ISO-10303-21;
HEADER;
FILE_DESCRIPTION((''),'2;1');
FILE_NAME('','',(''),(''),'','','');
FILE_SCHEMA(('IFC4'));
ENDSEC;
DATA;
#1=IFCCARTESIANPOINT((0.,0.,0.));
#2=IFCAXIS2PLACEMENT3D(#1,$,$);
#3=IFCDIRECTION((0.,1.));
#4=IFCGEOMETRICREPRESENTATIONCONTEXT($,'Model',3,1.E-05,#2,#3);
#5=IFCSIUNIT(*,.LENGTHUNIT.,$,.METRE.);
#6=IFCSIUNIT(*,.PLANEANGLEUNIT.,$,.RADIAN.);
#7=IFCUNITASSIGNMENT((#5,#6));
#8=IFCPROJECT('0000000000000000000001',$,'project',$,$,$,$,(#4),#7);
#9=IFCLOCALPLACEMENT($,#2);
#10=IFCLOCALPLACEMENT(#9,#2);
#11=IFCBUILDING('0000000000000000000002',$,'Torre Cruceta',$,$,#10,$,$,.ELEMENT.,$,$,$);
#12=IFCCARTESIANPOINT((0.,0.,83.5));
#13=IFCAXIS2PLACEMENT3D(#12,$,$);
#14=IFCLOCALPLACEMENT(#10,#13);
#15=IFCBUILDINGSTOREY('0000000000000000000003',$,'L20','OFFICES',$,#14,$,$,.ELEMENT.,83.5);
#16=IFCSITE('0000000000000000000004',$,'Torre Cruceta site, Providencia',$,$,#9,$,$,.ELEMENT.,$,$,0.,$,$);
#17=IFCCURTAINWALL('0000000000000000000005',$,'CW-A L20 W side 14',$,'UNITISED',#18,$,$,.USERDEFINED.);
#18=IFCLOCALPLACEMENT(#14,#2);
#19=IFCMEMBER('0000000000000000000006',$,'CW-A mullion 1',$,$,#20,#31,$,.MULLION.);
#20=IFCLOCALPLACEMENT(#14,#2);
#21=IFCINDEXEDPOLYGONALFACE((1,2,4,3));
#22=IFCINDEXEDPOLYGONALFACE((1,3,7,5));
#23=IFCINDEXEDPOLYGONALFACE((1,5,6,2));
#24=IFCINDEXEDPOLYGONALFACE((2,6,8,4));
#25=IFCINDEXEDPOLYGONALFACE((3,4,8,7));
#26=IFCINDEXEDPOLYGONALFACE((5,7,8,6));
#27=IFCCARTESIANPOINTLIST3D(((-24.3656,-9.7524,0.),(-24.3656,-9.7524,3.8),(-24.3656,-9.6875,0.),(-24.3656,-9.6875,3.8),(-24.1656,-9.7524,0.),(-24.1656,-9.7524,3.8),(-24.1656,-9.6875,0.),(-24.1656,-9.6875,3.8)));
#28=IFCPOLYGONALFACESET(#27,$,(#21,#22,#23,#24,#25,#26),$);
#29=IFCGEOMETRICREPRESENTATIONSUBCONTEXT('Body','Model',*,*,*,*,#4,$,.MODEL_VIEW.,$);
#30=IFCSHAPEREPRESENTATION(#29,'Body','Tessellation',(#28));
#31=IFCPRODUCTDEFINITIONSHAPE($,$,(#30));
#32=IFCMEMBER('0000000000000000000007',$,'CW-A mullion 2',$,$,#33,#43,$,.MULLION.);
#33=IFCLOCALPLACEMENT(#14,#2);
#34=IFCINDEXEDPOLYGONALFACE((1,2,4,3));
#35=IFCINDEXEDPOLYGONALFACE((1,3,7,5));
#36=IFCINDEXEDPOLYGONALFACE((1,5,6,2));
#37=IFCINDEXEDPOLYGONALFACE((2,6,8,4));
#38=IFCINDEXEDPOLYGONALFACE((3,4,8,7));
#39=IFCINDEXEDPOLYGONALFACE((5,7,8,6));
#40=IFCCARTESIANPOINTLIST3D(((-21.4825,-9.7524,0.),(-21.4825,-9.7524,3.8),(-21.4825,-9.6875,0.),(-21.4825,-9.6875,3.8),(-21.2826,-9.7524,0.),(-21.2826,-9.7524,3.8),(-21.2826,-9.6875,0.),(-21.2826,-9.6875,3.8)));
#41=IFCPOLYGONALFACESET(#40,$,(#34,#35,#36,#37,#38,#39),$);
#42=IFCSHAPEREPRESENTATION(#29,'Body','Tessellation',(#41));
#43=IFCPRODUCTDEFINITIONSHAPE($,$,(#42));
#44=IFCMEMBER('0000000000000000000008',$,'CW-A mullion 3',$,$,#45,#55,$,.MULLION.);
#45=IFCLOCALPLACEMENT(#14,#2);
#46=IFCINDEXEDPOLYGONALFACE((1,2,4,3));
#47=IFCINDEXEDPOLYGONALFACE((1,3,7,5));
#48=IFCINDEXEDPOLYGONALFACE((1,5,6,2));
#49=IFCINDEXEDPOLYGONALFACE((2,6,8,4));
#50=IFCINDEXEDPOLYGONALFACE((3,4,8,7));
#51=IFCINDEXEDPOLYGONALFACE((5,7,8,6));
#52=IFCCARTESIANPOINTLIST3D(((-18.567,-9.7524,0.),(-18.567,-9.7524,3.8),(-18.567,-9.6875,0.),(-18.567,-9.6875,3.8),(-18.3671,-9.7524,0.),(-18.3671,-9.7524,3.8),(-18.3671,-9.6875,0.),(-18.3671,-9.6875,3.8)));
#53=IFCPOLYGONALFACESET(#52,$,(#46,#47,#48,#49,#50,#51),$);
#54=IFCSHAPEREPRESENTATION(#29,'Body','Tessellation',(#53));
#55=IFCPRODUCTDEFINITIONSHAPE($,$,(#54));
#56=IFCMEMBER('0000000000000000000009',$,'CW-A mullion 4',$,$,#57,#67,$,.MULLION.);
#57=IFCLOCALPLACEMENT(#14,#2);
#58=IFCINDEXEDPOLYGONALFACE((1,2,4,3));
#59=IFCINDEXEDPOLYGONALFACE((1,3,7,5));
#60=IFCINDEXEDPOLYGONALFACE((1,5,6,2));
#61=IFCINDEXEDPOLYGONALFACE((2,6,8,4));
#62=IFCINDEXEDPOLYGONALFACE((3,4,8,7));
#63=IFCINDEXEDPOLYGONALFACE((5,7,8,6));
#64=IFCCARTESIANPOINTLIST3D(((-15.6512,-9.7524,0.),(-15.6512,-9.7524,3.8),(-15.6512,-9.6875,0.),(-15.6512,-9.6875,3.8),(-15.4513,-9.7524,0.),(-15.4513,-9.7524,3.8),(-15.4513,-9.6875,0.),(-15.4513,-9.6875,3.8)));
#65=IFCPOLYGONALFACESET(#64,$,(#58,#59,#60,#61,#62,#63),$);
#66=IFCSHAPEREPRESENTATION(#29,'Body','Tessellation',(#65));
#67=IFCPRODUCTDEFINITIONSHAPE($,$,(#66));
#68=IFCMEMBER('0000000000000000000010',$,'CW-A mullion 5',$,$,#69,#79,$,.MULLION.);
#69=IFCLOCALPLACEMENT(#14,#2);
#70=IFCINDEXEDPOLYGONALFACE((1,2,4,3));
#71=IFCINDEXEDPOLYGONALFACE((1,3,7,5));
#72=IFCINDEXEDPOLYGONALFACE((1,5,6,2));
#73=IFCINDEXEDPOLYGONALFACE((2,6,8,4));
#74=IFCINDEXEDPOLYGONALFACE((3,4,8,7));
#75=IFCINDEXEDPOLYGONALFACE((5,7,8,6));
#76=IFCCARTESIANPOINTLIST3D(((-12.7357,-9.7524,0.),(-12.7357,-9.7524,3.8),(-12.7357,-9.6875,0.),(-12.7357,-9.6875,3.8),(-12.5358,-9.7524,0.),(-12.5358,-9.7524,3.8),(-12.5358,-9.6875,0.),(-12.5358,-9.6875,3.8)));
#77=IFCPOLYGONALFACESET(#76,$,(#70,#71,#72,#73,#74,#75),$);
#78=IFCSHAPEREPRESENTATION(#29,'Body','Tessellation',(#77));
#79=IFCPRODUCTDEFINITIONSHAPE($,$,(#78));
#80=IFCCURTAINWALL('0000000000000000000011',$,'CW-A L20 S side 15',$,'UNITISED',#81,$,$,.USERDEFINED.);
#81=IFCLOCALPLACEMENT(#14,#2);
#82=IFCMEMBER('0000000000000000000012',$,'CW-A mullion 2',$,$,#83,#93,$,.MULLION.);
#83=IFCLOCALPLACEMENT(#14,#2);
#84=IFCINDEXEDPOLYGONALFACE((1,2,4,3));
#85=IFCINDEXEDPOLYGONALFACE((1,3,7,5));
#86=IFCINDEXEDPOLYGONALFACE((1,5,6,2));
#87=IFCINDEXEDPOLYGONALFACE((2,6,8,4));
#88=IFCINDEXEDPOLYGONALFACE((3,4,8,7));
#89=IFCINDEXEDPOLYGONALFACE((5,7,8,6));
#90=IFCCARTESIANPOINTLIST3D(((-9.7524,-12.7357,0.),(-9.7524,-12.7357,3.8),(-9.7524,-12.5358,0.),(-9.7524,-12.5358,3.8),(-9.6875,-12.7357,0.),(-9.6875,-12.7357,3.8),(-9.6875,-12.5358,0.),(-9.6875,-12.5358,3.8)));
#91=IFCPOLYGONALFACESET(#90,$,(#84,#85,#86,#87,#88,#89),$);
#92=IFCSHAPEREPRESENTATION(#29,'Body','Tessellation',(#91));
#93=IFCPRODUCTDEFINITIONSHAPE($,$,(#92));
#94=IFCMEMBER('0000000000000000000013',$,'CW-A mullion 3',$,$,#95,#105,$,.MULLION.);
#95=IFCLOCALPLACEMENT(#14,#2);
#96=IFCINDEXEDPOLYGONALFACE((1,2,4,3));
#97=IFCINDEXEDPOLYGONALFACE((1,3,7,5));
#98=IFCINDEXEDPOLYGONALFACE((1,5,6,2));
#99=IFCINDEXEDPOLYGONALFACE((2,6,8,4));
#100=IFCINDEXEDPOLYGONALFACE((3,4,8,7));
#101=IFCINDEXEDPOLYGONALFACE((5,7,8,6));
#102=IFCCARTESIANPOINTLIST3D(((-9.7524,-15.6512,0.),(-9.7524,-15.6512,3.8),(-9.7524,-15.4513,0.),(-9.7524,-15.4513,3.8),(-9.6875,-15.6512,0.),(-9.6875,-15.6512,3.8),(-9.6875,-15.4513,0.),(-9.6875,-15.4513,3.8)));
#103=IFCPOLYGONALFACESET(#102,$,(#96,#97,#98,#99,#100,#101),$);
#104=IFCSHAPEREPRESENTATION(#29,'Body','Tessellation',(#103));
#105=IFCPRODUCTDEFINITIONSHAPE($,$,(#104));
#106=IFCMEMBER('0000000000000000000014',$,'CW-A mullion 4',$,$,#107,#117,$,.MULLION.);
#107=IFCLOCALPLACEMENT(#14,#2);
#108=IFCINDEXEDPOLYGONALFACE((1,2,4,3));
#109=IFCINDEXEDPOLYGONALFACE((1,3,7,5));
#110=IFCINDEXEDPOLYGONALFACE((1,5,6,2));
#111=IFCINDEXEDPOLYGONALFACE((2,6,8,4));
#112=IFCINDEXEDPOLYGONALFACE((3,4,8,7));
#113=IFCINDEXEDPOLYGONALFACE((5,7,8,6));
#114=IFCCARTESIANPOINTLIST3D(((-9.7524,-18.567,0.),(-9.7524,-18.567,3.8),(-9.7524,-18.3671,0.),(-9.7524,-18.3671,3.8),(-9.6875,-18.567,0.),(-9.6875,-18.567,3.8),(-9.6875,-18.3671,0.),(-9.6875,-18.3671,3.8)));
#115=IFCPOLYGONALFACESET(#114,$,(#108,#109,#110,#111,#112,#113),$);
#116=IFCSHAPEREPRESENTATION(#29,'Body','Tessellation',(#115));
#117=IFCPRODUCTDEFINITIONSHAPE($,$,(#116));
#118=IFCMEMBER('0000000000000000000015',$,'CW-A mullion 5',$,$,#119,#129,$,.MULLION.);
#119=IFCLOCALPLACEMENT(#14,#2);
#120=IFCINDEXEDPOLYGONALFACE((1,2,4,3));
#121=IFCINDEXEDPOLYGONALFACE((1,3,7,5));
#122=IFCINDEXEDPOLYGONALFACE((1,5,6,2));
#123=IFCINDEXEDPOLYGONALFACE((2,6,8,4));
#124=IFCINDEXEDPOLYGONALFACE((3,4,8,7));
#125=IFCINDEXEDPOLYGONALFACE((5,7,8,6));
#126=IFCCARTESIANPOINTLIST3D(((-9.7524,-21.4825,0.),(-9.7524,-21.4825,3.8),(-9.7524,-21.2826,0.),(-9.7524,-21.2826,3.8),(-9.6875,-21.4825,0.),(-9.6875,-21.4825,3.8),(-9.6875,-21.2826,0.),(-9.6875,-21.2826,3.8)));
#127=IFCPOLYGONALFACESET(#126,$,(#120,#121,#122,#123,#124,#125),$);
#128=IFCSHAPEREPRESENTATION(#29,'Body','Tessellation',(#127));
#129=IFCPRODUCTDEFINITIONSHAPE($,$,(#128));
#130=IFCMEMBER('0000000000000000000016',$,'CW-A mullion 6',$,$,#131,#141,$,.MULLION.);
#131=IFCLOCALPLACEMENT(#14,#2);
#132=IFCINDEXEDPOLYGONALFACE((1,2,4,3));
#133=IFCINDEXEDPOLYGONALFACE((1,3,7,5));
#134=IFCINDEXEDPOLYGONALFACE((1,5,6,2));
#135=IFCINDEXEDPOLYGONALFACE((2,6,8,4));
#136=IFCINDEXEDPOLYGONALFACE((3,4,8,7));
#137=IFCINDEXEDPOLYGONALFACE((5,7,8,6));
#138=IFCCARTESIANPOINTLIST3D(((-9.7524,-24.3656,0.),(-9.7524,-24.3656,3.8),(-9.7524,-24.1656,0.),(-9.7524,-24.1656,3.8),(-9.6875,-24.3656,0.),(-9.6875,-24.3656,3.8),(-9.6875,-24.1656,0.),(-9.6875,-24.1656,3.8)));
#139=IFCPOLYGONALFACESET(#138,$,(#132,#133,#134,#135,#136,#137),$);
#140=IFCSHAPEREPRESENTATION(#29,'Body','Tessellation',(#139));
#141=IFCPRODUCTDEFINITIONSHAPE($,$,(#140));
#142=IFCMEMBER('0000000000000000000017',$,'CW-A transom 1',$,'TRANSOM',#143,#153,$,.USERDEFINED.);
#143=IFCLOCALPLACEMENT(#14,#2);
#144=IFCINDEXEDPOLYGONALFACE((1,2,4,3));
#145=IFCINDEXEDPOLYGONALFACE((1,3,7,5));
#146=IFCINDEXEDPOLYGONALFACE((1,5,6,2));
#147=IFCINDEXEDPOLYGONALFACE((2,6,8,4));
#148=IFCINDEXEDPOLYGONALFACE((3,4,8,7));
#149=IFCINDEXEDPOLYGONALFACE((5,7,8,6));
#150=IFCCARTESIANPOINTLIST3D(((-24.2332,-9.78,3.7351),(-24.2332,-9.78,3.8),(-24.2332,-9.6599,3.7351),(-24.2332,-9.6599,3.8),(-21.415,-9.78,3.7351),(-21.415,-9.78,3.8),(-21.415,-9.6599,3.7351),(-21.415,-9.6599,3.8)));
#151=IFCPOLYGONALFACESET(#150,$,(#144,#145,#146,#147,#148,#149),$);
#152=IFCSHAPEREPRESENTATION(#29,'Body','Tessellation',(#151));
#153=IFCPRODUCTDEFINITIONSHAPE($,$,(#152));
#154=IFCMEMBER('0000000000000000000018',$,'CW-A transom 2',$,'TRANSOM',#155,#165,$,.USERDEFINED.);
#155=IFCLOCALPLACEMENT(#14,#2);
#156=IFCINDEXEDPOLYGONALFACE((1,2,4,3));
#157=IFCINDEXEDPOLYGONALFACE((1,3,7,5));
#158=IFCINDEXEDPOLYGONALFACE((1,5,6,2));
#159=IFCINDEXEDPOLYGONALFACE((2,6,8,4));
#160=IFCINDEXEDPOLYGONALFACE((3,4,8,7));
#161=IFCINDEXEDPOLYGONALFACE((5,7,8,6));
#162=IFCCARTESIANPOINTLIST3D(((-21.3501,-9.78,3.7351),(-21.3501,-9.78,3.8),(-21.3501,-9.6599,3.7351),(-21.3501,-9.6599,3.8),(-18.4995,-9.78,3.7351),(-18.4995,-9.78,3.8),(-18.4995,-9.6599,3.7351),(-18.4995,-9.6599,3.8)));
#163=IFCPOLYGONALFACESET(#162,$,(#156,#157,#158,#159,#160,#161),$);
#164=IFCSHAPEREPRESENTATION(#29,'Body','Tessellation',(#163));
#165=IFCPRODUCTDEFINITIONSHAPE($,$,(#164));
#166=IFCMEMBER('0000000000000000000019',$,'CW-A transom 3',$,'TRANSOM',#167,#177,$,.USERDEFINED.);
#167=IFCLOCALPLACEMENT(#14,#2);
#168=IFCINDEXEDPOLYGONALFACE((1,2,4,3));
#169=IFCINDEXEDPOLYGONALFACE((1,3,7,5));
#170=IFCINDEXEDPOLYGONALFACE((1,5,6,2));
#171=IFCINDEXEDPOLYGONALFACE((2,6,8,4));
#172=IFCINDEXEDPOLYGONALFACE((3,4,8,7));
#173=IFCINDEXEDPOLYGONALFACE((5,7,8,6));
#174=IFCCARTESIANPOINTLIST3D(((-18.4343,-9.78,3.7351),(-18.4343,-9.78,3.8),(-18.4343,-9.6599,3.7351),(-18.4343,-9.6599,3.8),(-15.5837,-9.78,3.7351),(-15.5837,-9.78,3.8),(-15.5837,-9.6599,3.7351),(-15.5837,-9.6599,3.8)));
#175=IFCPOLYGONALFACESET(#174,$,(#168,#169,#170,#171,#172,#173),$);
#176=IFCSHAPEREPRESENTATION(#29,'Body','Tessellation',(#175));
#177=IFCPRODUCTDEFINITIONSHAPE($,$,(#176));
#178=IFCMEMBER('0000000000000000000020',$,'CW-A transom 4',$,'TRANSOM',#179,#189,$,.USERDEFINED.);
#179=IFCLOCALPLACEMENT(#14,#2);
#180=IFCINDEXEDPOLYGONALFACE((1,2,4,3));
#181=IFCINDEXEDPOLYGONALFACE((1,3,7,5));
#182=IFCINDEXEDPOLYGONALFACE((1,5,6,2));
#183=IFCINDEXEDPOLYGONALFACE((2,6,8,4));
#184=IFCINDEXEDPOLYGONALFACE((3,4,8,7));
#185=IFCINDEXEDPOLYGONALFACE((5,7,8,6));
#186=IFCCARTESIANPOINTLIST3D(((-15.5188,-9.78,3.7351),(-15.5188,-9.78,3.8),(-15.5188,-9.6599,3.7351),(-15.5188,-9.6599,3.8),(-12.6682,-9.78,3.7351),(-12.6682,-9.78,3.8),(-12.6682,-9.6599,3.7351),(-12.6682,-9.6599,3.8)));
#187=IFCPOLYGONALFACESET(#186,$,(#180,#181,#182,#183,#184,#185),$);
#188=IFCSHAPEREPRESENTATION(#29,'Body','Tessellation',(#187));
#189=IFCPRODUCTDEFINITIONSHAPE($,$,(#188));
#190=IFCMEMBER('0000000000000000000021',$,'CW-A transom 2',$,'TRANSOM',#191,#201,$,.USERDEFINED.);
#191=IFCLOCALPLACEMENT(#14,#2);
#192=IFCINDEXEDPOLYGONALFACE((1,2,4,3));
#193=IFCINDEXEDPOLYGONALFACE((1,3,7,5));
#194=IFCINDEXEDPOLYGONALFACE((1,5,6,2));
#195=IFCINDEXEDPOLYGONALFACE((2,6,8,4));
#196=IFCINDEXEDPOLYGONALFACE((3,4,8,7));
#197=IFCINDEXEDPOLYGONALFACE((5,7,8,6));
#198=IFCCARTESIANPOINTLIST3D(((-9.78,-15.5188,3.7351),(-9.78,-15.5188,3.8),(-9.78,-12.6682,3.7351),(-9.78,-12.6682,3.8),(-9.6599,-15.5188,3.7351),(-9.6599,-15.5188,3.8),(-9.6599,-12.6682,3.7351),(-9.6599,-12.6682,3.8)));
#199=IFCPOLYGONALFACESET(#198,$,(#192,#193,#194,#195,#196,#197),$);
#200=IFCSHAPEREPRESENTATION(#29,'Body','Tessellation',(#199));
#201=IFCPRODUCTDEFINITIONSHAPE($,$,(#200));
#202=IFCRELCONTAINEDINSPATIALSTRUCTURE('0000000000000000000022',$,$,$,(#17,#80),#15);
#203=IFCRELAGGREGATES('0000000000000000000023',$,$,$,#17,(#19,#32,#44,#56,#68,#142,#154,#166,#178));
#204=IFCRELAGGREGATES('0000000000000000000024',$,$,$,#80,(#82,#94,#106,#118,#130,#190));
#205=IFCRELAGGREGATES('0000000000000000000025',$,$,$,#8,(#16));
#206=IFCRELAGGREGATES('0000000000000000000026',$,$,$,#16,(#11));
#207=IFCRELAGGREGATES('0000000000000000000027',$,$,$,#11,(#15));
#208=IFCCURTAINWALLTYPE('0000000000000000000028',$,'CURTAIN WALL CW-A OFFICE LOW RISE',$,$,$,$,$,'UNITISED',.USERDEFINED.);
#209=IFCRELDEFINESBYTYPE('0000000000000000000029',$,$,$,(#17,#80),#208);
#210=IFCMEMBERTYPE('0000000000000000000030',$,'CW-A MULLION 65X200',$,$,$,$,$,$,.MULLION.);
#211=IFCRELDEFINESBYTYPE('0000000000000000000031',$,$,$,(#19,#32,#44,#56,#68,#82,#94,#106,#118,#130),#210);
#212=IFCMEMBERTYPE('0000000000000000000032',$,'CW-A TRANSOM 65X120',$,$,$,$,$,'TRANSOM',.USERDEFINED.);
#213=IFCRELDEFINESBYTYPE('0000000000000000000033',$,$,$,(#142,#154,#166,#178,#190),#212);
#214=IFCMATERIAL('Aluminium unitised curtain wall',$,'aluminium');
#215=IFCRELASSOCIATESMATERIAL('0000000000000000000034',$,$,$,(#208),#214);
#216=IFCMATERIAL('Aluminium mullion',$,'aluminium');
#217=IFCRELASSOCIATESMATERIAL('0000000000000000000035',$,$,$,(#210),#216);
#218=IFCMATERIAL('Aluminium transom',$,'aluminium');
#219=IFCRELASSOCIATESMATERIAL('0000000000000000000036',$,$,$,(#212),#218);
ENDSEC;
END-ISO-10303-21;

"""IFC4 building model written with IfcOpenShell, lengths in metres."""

from ifc_helpers import new_model, si_unit, direction, frame, origin, origin_2d, place, context, subcontext, project, spatial, rectangle, extrude, material, material_profile, profile_set, type_object, element, aggregate, save


model = new_model("IFC4")

# Units and contexts
model_context = context("Model", 3, precision=1e-05, world=origin(), true_north=direction((0.0, 1.0)))
body_context = subcontext(model_context, "Body", "Model", "MODEL_VIEW")
ifc_project = project(units=[si_unit("LENGTHUNIT", "METRE"), si_unit("PLANEANGLEUNIT", "RADIAN")], contexts=[model_context])

# Site, building, storey
site_placement = place(None, origin())
site = spatial("IfcSite", under=ifc_project, at=site_placement, Name="Torre Cruceta site, Providencia", CompositionType="ELEMENT", RefElevation=0.0)
building_placement = place(site_placement, origin())
building = spatial("IfcBuilding", under=site, at=building_placement, Name="Torre Cruceta", CompositionType="ELEMENT")
storey_placement = place(building_placement, frame((0.0, 0.0, 83.5)))
storey = spatial("IfcBuildingStorey", under=building, at=storey_placement, Name="L20", Description="OFFICES", CompositionType="ELEMENT", Elevation=83.5)

# Curtain walls, members
ifc_material_1 = material(Name="Aluminium unitised curtain wall", Category="aluminium")
curtain_wall_type = type_object("IfcCurtainWallType", Name="CURTAIN WALL CW-A OFFICE LOW RISE", ElementType="UNITISED", PredefinedType="USERDEFINED", material=ifc_material_1)
curtain_wall_1_placement = place(storey_placement, origin())
curtain_wall_1 = element("IfcCurtainWall", 1, at=curtain_wall_1_placement, inside=storey, type_object=curtain_wall_type, Name="CW-A L20 W side 14", ObjectType="UNITISED", PredefinedType="USERDEFINED")
ifc_material_2 = material(Name="Aluminium mullion", Category="aluminium")
ifc_material_profile_1 = material_profile(ifc_material_2, rectangle(XDim=0.0649, YDim=0.2, at=origin_2d()), Name="AL 65X200")
ifc_profile_set_1 = profile_set([ifc_material_profile_1], Name="Aluminium mullion")
member_type_1 = type_object("IfcMemberType", Name="CW-A MULLION 65X200", PredefinedType="MULLION", material=ifc_profile_set_1)
member_1_placement = place(storey_placement, frame((-24.2656, -9.72, 0.0), z_axis=(0.0, 0.0, 1.0), x_axis=(0.0, 1.0, 0.0)))
member_1 = element("IfcMember", 2, at=member_1_placement, type_object=member_type_1, Name="CW-A mullion 1", PredefinedType="MULLION", context=body_context, shape_type="SweptSolid", body=[
    extrude(rectangle(XDim=0.0649, YDim=0.2, at=origin_2d()), origin(), (0.0, 0.0, 1.0), 3.8),
])
member_2_placement = place(storey_placement, frame((-21.3826, -9.72, 0.0), z_axis=(0.0, 0.0, 1.0), x_axis=(0.0, 1.0, 0.0)))
member_2 = element("IfcMember", 3, at=member_2_placement, type_object=member_type_1, Name="CW-A mullion 2", PredefinedType="MULLION", context=body_context, shape_type="SweptSolid", body=[
    extrude(rectangle(XDim=0.0649, YDim=0.2, at=origin_2d()), origin(), (0.0, 0.0, 1.0), 3.8),
])
member_3_placement = place(storey_placement, frame((-18.467, -9.72, 0.0), z_axis=(0.0, 0.0, 1.0), x_axis=(0.0, 1.0, 0.0)))
member_3 = element("IfcMember", 4, at=member_3_placement, type_object=member_type_1, Name="CW-A mullion 3", PredefinedType="MULLION", context=body_context, shape_type="SweptSolid", body=[
    extrude(rectangle(XDim=0.0649, YDim=0.2, at=origin_2d()), origin(), (0.0, 0.0, 1.0), 3.8),
])
member_4_placement = place(storey_placement, frame((-15.5513, -9.72, 0.0), z_axis=(0.0, 0.0, 1.0), x_axis=(0.0, 1.0, 0.0)))
member_4 = element("IfcMember", 5, at=member_4_placement, type_object=member_type_1, Name="CW-A mullion 4", PredefinedType="MULLION", context=body_context, shape_type="SweptSolid", body=[
    extrude(rectangle(XDim=0.0649, YDim=0.2, at=origin_2d()), origin(), (0.0, 0.0, 1.0), 3.8),
])
member_5_placement = place(storey_placement, frame((-12.6357, -9.72, 0.0), z_axis=(0.0, 0.0, 1.0), x_axis=(0.0, 1.0, 0.0)))
member_5 = element("IfcMember", 6, at=member_5_placement, type_object=member_type_1, Name="CW-A mullion 5", PredefinedType="MULLION", context=body_context, shape_type="SweptSolid", body=[
    extrude(rectangle(XDim=0.0649, YDim=0.2, at=origin_2d()), origin(), (0.0, 0.0, 1.0), 3.8),
])
curtain_wall_2_placement = place(storey_placement, origin())
curtain_wall_2 = element("IfcCurtainWall", 7, at=curtain_wall_2_placement, inside=storey, type_object=curtain_wall_type, Name="CW-A L20 S side 15", ObjectType="UNITISED", PredefinedType="USERDEFINED")
member_6_placement = place(storey_placement, frame((-9.72, -12.6357, 0.0), z_axis=(0.0, 0.0, 1.0), x_axis=(1.0, 0.0, 0.0)))
member_6 = element("IfcMember", 8, at=member_6_placement, type_object=member_type_1, Name="CW-A mullion 2", PredefinedType="MULLION", context=body_context, shape_type="SweptSolid", body=[
    extrude(rectangle(XDim=0.0649, YDim=0.2, at=origin_2d()), origin(), (0.0, 0.0, 1.0), 3.8),
])
member_7_placement = place(storey_placement, frame((-9.72, -15.5513, 0.0), z_axis=(0.0, 0.0, 1.0), x_axis=(1.0, 0.0, 0.0)))
member_7 = element("IfcMember", 9, at=member_7_placement, type_object=member_type_1, Name="CW-A mullion 3", PredefinedType="MULLION", context=body_context, shape_type="SweptSolid", body=[
    extrude(rectangle(XDim=0.0649, YDim=0.2, at=origin_2d()), origin(), (0.0, 0.0, 1.0), 3.8),
])
member_8_placement = place(storey_placement, frame((-9.72, -18.467, 0.0), z_axis=(0.0, 0.0, 1.0), x_axis=(1.0, 0.0, 0.0)))
member_8 = element("IfcMember", 10, at=member_8_placement, type_object=member_type_1, Name="CW-A mullion 4", PredefinedType="MULLION", context=body_context, shape_type="SweptSolid", body=[
    extrude(rectangle(XDim=0.0649, YDim=0.2, at=origin_2d()), origin(), (0.0, 0.0, 1.0), 3.8),
])
member_9_placement = place(storey_placement, frame((-9.72, -21.3826, 0.0), z_axis=(0.0, 0.0, 1.0), x_axis=(1.0, 0.0, 0.0)))
member_9 = element("IfcMember", 11, at=member_9_placement, type_object=member_type_1, Name="CW-A mullion 5", PredefinedType="MULLION", context=body_context, shape_type="SweptSolid", body=[
    extrude(rectangle(XDim=0.0649, YDim=0.2, at=origin_2d()), origin(), (0.0, 0.0, 1.0), 3.8),
])
member_10_placement = place(storey_placement, frame((-9.72, -24.2656, 0.0), z_axis=(0.0, 0.0, 1.0), x_axis=(1.0, 0.0, 0.0)))
member_10 = element("IfcMember", 12, at=member_10_placement, type_object=member_type_1, Name="CW-A mullion 6", PredefinedType="MULLION", context=body_context, shape_type="SweptSolid", body=[
    extrude(rectangle(XDim=0.0649, YDim=0.2, at=origin_2d()), origin(), (0.0, 0.0, 1.0), 3.8),
])

# Members
ifc_material_3 = material(Name="Aluminium transom", Category="aluminium")
ifc_material_profile_2 = material_profile(ifc_material_3, rectangle(XDim=0.1201, YDim=0.0649, at=origin_2d()), Name="AL 120X65")
ifc_profile_set_2 = profile_set([ifc_material_profile_2], Name="Aluminium transom")
member_type_2 = type_object("IfcMemberType", Name="CW-A TRANSOM 65X120", ElementType="TRANSOM", PredefinedType="USERDEFINED", material=ifc_profile_set_2)
member_11_placement = place(storey_placement, frame((-24.2332, -9.72, 3.7676), z_axis=(1.0, 0.0, 0.0), x_axis=(0.0, 1.0, 0.0)))
member_11 = element("IfcMember", 13, at=member_11_placement, type_object=member_type_2, Name="CW-A transom 1", ObjectType="TRANSOM", PredefinedType="USERDEFINED", context=body_context, shape_type="SweptSolid", body=[
    extrude(rectangle(XDim=0.1201, YDim=0.0649, at=origin_2d()), origin(), (0.0, 0.0, 1.0), 2.8181),
])
member_12_placement = place(storey_placement, frame((-21.3501, -9.72, 3.7676), z_axis=(1.0, 0.0, 0.0), x_axis=(0.0, 1.0, 0.0)))
member_12 = element("IfcMember", 14, at=member_12_placement, type_object=member_type_2, Name="CW-A transom 2", ObjectType="TRANSOM", PredefinedType="USERDEFINED", context=body_context, shape_type="SweptSolid", body=[
    extrude(rectangle(XDim=0.1201, YDim=0.0649, at=origin_2d()), origin(), (0.0, 0.0, 1.0), 2.8506),
])
member_13_placement = place(storey_placement, frame((-18.4343, -9.72, 3.7676), z_axis=(1.0, 0.0, 0.0), x_axis=(0.0, 1.0, 0.0)))
member_13 = element("IfcMember", 15, at=member_13_placement, type_object=member_type_2, Name="CW-A transom 3", ObjectType="TRANSOM", PredefinedType="USERDEFINED", context=body_context, shape_type="SweptSolid", body=[
    extrude(rectangle(XDim=0.1201, YDim=0.0649, at=origin_2d()), origin(), (0.0, 0.0, 1.0), 2.8506),
])
member_14_placement = place(storey_placement, frame((-15.5188, -9.72, 3.7676), z_axis=(1.0, 0.0, 0.0), x_axis=(0.0, 1.0, 0.0)))
member_14 = element("IfcMember", 16, at=member_14_placement, type_object=member_type_2, Name="CW-A transom 4", ObjectType="TRANSOM", PredefinedType="USERDEFINED", context=body_context, shape_type="SweptSolid", body=[
    extrude(rectangle(XDim=0.1201, YDim=0.0649, at=origin_2d()), origin(), (0.0, 0.0, 1.0), 2.8506),
])
member_15_placement = place(storey_placement, frame((-9.72, -12.6682, 3.7676), z_axis=(0.0, -1.0, 0.0), x_axis=(1.0, 0.0, 0.0)))
member_15 = element("IfcMember", 17, at=member_15_placement, type_object=member_type_2, Name="CW-A transom 2", ObjectType="TRANSOM", PredefinedType="USERDEFINED", context=body_context, shape_type="SweptSolid", body=[
    extrude(rectangle(XDim=0.1201, YDim=0.0649, at=origin_2d()), origin(), (0.0, 0.0, 1.0), 2.8506),
])

aggregate(curtain_wall_1, [member_1, member_2, member_3, member_4, member_5, member_11, member_12, member_13, member_14])
aggregate(curtain_wall_2, [member_6, member_7, member_8, member_9, member_10, member_15])

save(model, "model.ifc")
